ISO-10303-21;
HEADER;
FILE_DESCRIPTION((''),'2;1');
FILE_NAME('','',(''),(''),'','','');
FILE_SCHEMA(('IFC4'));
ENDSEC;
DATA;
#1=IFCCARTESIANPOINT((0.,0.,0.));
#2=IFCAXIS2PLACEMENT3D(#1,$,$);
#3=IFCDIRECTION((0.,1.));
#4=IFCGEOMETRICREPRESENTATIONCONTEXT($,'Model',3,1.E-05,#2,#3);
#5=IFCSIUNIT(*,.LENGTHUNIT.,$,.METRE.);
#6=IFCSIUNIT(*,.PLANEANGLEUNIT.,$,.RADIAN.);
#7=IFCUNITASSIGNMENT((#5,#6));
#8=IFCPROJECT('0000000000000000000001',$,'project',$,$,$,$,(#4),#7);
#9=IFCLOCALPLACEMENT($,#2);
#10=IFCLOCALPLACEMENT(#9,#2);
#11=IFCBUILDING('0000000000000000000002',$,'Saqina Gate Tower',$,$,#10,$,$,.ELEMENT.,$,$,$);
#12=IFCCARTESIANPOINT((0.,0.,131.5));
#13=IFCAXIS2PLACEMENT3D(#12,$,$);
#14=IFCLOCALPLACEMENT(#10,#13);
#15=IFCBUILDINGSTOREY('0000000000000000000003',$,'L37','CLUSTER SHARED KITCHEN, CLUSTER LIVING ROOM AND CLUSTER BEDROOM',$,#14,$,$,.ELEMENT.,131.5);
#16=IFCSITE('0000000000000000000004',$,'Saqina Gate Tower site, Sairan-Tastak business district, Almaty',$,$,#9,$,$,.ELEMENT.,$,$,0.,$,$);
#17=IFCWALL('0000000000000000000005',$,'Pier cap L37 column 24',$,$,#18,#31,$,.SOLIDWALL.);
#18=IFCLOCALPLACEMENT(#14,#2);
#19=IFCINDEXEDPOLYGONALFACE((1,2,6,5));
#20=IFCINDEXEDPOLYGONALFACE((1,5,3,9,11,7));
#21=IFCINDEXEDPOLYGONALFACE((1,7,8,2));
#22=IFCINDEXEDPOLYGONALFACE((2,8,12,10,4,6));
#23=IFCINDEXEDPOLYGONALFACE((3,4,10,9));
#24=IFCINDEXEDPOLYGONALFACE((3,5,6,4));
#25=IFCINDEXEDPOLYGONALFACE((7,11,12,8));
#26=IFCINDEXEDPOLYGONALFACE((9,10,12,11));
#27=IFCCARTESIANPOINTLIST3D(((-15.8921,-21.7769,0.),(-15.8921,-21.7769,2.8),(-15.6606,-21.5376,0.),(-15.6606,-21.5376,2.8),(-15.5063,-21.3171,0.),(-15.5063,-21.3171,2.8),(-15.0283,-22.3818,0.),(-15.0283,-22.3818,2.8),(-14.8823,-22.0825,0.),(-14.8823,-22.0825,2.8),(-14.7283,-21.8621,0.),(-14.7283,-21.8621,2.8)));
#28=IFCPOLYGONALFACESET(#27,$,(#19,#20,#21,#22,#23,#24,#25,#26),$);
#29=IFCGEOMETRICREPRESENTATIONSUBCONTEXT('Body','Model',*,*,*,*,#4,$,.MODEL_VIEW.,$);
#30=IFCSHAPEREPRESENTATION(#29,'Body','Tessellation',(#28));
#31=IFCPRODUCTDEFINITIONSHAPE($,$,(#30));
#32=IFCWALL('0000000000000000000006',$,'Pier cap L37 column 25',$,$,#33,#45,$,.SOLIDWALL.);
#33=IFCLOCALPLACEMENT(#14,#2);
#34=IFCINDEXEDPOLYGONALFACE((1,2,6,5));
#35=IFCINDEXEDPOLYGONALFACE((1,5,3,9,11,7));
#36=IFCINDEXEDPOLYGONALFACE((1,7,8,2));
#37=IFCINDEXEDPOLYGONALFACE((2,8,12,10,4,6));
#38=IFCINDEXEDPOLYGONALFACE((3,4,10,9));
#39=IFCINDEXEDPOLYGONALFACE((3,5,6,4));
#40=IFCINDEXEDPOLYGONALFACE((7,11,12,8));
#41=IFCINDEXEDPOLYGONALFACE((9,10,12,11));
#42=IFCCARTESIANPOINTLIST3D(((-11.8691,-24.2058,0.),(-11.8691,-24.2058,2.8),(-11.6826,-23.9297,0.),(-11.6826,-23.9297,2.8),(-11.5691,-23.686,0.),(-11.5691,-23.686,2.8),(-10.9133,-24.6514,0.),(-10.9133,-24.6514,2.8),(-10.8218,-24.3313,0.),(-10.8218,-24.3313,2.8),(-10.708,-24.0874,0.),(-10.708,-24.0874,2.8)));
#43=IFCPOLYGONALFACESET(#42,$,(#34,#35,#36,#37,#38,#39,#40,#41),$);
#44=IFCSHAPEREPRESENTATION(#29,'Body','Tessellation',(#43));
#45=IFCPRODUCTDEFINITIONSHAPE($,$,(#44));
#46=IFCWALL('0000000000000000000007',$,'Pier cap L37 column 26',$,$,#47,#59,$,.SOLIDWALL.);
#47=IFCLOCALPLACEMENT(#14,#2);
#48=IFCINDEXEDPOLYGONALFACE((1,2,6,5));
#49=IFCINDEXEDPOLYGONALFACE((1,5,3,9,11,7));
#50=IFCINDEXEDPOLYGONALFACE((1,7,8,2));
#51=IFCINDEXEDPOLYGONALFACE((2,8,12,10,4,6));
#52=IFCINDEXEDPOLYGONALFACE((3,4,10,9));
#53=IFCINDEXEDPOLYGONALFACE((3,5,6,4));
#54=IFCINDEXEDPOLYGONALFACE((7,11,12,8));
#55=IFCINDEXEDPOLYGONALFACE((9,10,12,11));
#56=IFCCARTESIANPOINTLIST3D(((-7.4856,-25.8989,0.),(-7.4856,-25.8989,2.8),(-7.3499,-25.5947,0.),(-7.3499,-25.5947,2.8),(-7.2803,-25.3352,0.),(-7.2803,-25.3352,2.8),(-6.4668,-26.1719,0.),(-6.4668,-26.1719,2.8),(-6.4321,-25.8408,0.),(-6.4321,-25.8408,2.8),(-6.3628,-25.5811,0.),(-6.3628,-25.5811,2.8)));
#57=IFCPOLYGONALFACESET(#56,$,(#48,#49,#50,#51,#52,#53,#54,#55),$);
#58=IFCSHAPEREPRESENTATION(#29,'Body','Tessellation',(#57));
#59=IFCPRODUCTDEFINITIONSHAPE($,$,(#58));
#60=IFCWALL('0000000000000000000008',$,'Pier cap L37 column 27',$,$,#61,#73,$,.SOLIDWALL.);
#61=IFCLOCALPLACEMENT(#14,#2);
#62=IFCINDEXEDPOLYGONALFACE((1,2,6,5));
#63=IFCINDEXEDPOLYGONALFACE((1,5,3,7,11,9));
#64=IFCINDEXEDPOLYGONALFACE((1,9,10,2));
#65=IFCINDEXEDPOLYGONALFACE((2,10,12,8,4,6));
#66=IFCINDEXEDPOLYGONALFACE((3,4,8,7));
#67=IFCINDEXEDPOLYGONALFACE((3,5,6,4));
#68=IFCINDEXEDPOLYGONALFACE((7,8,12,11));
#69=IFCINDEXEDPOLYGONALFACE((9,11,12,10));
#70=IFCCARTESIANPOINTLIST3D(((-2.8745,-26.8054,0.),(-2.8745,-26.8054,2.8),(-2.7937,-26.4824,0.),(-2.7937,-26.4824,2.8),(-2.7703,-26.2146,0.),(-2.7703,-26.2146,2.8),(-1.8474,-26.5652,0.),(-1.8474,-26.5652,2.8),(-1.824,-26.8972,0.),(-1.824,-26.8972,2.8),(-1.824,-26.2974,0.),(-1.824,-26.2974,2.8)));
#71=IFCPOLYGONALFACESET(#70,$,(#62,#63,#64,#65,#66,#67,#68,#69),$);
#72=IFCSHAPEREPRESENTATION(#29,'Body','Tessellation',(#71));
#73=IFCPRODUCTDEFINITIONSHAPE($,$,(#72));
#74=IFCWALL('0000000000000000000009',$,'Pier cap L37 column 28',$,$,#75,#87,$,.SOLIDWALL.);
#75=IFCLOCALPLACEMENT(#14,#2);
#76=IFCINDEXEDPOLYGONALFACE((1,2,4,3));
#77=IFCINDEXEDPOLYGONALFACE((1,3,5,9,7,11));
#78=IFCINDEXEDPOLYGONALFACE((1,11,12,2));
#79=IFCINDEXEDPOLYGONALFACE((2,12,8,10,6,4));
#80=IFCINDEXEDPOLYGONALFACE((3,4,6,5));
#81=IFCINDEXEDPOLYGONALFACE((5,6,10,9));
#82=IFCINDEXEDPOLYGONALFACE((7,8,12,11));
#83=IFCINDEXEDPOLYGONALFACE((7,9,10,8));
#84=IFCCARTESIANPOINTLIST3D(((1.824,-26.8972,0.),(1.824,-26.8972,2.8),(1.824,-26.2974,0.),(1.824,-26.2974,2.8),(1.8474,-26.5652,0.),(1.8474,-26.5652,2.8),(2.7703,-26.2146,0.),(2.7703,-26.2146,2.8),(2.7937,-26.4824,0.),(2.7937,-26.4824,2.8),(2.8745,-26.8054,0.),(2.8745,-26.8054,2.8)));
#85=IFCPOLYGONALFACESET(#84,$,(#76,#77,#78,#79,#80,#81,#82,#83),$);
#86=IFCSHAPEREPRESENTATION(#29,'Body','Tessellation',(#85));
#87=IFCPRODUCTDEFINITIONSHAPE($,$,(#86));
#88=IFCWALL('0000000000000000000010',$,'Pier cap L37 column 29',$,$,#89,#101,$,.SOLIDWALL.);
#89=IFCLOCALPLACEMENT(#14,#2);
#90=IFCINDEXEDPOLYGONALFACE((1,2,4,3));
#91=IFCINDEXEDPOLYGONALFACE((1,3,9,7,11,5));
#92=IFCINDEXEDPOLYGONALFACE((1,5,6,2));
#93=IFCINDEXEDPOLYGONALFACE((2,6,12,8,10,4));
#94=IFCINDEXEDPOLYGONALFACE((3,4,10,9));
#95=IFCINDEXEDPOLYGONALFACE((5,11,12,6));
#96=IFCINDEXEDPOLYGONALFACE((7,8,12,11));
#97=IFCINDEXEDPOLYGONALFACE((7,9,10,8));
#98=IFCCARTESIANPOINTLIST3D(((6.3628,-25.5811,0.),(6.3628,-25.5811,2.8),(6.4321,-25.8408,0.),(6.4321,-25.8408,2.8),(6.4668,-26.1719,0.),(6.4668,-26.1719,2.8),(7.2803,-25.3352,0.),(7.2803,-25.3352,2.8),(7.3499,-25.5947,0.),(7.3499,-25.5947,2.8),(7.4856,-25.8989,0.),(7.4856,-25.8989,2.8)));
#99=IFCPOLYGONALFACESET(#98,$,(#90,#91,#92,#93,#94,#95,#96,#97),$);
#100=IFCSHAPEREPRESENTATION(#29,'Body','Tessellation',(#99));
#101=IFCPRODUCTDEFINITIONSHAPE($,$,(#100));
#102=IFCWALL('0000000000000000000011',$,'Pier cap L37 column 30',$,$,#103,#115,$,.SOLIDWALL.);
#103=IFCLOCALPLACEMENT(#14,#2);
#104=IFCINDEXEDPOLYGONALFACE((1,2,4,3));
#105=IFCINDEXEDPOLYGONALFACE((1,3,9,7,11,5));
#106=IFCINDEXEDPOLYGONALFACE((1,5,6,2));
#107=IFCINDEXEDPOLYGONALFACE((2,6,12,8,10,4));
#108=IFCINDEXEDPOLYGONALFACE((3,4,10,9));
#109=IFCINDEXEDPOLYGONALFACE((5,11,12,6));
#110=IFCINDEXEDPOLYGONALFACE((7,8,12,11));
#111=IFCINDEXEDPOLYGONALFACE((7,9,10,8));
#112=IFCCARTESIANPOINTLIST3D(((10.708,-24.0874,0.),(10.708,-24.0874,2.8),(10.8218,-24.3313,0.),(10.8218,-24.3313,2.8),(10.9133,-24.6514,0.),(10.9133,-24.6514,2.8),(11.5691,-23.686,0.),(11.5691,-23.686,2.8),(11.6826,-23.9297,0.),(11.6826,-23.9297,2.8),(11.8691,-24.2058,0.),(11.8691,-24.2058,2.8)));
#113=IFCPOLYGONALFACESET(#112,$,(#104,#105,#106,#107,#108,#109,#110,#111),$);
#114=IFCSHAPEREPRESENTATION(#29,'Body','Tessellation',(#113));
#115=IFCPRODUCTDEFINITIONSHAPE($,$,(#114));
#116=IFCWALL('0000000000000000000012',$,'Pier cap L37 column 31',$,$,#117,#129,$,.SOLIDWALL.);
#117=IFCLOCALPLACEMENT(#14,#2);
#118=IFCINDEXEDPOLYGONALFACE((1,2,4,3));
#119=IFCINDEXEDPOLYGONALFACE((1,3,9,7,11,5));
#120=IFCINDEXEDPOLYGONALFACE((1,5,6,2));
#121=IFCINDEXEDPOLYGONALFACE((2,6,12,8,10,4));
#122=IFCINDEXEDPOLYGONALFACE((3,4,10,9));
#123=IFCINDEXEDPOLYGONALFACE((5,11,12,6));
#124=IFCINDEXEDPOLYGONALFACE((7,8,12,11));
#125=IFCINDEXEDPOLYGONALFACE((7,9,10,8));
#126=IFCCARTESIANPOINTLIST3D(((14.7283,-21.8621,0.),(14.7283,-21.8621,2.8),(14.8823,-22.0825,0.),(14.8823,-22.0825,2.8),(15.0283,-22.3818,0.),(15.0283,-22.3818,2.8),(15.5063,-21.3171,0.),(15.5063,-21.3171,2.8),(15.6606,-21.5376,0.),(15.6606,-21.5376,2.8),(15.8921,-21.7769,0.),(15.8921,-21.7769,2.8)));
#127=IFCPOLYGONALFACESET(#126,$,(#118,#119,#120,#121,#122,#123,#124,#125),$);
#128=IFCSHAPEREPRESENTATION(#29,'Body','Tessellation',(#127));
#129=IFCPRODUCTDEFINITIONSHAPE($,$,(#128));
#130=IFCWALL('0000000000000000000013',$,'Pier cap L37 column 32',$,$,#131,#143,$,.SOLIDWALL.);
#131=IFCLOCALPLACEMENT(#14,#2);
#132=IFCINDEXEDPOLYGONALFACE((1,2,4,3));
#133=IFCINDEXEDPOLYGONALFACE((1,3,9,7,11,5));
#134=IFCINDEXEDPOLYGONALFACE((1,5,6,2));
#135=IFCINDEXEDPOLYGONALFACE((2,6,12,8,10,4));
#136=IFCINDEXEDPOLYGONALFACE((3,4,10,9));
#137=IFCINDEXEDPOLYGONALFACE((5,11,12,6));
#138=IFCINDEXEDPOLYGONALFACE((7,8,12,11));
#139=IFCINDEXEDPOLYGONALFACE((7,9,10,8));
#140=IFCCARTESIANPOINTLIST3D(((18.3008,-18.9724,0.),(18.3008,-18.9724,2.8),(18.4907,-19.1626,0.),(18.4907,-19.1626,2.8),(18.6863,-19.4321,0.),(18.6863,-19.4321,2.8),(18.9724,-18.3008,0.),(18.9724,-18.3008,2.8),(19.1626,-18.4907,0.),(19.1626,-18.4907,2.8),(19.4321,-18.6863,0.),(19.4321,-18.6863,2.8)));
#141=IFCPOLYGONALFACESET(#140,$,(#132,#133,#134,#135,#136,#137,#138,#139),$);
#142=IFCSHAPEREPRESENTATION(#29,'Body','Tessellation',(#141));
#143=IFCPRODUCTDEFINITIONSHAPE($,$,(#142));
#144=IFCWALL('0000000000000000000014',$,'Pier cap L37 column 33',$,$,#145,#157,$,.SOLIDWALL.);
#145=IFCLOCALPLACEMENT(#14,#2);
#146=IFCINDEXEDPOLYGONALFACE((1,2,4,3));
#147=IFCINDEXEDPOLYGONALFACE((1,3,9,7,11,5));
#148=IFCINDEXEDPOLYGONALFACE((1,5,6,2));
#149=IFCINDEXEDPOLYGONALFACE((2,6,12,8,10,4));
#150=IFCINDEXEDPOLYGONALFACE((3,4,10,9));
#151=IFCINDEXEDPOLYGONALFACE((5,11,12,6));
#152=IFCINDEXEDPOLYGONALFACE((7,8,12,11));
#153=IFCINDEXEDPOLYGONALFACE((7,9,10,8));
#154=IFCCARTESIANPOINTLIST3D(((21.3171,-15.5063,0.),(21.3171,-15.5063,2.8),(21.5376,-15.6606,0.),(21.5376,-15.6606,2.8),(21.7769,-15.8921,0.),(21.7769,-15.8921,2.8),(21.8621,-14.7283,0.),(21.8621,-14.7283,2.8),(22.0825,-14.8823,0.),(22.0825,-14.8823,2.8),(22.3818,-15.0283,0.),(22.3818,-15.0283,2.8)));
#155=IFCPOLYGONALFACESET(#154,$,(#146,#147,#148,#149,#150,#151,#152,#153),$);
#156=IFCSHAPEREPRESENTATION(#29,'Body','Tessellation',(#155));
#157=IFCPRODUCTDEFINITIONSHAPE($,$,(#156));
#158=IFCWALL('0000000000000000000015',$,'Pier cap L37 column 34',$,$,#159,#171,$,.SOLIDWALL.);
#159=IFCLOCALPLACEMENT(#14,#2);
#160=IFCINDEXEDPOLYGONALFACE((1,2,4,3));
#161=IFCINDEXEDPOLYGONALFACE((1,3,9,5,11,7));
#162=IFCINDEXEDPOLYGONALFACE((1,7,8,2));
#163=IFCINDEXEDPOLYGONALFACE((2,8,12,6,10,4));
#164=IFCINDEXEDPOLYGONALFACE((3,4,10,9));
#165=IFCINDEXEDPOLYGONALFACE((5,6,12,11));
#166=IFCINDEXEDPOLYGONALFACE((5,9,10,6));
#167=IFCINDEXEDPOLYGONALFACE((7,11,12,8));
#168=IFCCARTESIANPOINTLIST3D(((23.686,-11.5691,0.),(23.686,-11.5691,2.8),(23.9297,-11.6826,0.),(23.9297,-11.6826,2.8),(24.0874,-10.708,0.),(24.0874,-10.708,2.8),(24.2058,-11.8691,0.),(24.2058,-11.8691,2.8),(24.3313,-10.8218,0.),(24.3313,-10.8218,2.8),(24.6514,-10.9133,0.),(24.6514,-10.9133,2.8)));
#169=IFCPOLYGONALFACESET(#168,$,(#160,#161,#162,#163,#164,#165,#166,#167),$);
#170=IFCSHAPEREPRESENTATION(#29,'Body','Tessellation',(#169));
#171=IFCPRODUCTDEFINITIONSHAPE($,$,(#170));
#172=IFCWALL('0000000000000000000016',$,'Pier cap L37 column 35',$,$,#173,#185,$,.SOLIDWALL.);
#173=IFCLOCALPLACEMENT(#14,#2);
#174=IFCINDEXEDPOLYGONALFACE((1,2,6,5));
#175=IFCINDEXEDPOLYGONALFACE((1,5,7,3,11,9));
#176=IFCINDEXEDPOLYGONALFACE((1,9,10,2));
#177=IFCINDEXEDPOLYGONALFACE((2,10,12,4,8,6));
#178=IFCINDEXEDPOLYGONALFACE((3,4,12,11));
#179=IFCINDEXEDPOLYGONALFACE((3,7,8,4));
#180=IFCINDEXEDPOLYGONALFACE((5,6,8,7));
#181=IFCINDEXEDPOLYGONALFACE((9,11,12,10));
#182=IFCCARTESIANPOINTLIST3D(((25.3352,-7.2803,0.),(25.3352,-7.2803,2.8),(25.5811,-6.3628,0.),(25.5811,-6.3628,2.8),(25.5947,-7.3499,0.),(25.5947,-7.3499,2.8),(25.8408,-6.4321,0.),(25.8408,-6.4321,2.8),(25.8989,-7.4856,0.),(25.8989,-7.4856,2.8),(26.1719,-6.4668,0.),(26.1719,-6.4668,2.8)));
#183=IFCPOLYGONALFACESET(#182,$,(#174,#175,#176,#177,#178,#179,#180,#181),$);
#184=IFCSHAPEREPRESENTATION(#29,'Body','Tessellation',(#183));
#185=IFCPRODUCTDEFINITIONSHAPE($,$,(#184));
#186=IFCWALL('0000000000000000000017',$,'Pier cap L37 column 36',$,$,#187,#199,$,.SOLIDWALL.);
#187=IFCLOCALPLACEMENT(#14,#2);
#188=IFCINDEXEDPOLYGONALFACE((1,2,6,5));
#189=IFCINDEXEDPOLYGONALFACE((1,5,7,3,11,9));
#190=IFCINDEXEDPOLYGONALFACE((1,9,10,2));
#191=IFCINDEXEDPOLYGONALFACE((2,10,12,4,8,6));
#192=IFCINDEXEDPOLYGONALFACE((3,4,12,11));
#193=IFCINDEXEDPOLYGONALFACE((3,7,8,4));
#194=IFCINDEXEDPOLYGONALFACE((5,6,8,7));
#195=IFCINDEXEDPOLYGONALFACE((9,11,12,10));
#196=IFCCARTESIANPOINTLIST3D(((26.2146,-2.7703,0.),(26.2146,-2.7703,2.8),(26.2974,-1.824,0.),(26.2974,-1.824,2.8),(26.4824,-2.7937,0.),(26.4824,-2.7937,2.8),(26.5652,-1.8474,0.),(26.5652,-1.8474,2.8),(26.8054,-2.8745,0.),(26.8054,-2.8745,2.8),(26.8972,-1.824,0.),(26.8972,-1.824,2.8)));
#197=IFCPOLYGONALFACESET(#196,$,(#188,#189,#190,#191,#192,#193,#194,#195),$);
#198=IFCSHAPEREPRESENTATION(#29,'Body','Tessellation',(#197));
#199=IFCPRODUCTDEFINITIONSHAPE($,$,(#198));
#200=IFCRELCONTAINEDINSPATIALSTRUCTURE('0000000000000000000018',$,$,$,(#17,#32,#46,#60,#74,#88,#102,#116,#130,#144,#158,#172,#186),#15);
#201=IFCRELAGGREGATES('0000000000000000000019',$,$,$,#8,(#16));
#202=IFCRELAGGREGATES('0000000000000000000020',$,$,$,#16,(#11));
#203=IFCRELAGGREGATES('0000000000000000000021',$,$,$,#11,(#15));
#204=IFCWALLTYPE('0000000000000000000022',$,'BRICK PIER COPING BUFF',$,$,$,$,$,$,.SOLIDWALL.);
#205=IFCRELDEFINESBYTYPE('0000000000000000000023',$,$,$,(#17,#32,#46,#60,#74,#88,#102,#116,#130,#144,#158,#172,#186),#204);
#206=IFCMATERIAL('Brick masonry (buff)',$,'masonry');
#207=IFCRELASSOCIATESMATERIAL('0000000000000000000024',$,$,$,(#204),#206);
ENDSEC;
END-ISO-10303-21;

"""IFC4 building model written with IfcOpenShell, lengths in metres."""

from ifc_helpers import new_model, si_unit, direction, frame, origin, place, context, subcontext, project, spatial, polyline, outline, extrude, material, type_object, element, save


model = new_model("IFC4")

# Units and contexts
model_context = context("Model", 3, precision=1e-05, world=origin(), true_north=direction((0.0, 1.0)))
body_context = subcontext(model_context, "Body", "Model", "MODEL_VIEW")
ifc_project = project(units=[si_unit("LENGTHUNIT", "METRE"), si_unit("PLANEANGLEUNIT", "RADIAN")], contexts=[model_context])

# Site, building, storey
site_placement = place(None, origin())
site = spatial("IfcSite", under=ifc_project, at=site_placement, Name="Saqina Gate Tower site, Sairan-Tastak business district, Almaty", CompositionType="ELEMENT", RefElevation=0.0)
building_placement = place(site_placement, origin())
building = spatial("IfcBuilding", under=site, at=building_placement, Name="Saqina Gate Tower", CompositionType="ELEMENT")
storey_placement = place(building_placement, frame((0.0, 0.0, 131.5)))
storey = spatial("IfcBuildingStorey", under=building, at=storey_placement, Name="L37", Description="CLUSTER SHARED KITCHEN, CLUSTER LIVING ROOM AND CLUSTER BEDROOM", CompositionType="ELEMENT", Elevation=131.5)

# Walls
ifc_material_1 = material(Name="Brick masonry (buff)", Category="masonry")
wall_type_1 = type_object("IfcWallType", Name="BRICK PIER COPING BUFF", PredefinedType="SOLIDWALL", material=ifc_material_1)
wall_1_placement = place(storey_placement, origin())
element("IfcWall", 1, at=wall_1_placement, inside=storey, type_object=wall_type_1, Name="Pier cap L37 column 24", PredefinedType="SOLIDWALL", context=body_context, shape_type="SweptSolid", body=[
    extrude(outline(polyline([(-15.0283, -22.3818), (-14.7283, -21.8621), (-14.8823, -22.0825), (-15.6606, -21.5376), (-15.5063, -21.3171), (-15.8921, -21.7769), (-15.0283, -22.3818)])), origin(), (0.0, 0.0, 1.0), 2.8),
])
wall_2_placement = place(storey_placement, origin())
element("IfcWall", 2, at=wall_2_placement, inside=storey, type_object=wall_type_1, Name="Pier cap L37 column 25", PredefinedType="SOLIDWALL", context=body_context, shape_type="SweptSolid", body=[
    extrude(outline(polyline([(-10.9133, -24.6514), (-10.708, -24.0874), (-10.8218, -24.3313), (-11.6826, -23.9297), (-11.5691, -23.686), (-11.8691, -24.2058), (-10.9133, -24.6514)])), origin(), (0.0, 0.0, 1.0), 2.8),
])
wall_3_placement = place(storey_placement, origin())
element("IfcWall", 3, at=wall_3_placement, inside=storey, type_object=wall_type_1, Name="Pier cap L37 column 26", PredefinedType="SOLIDWALL", context=body_context, shape_type="SweptSolid", body=[
    extrude(outline(polyline([(-7.4856, -25.8989), (-6.4668, -26.1719), (-6.3628, -25.5811), (-6.4321, -25.8408), (-7.3499, -25.5947), (-7.2803, -25.3352), (-7.4856, -25.8989)])), origin(), (0.0, 0.0, 1.0), 2.8),
])
wall_4_placement = place(storey_placement, origin())
element("IfcWall", 4, at=wall_4_placement, inside=storey, type_object=wall_type_1, Name="Pier cap L37 column 27", PredefinedType="SOLIDWALL", context=body_context, shape_type="SweptSolid", body=[
    extrude(outline(polyline([(-2.8745, -26.8054), (-1.824, -26.8972), (-1.824, -26.2974), (-1.8474, -26.5652), (-2.7937, -26.4824), (-2.7703, -26.2146), (-2.8745, -26.8054)])), origin(), (0.0, 0.0, 1.0), 2.8),
])
wall_5_placement = place(storey_placement, origin())
element("IfcWall", 5, at=wall_5_placement, inside=storey, type_object=wall_type_1, Name="Pier cap L37 column 28", PredefinedType="SOLIDWALL", context=body_context, shape_type="SweptSolid", body=[
    extrude(outline(polyline([(2.8745, -26.8054), (2.7703, -26.2146), (2.7937, -26.4824), (1.8474, -26.5652), (1.824, -26.2974), (1.824, -26.8972), (2.8745, -26.8054)])), origin(), (0.0, 0.0, 1.0), 2.8),
])
wall_6_placement = place(storey_placement, origin())
element("IfcWall", 6, at=wall_6_placement, inside=storey, type_object=wall_type_1, Name="Pier cap L37 column 29", PredefinedType="SOLIDWALL", context=body_context, shape_type="SweptSolid", body=[
    extrude(outline(polyline([(6.4668, -26.1719), (7.4856, -25.8989), (7.2803, -25.3352), (7.3499, -25.5947), (6.4321, -25.8408), (6.3628, -25.5811), (6.4668, -26.1719)])), origin(), (0.0, 0.0, 1.0), 2.8),
])
wall_7_placement = place(storey_placement, origin())
element("IfcWall", 7, at=wall_7_placement, inside=storey, type_object=wall_type_1, Name="Pier cap L37 column 30", PredefinedType="SOLIDWALL", context=body_context, shape_type="SweptSolid", body=[
    extrude(outline(polyline([(10.9133, -24.6514), (11.8691, -24.2058), (11.5691, -23.686), (11.6826, -23.9297), (10.8218, -24.3313), (10.708, -24.0874), (10.9133, -24.6514)])), origin(), (0.0, 0.0, 1.0), 2.8),
])
wall_8_placement = place(storey_placement, origin())
element("IfcWall", 8, at=wall_8_placement, inside=storey, type_object=wall_type_1, Name="Pier cap L37 column 31", PredefinedType="SOLIDWALL", context=body_context, shape_type="SweptSolid", body=[
    extrude(outline(polyline([(15.8921, -21.7769), (15.5063, -21.3171), (15.6606, -21.5376), (14.8823, -22.0825), (14.7283, -21.8621), (15.0283, -22.3818), (15.8921, -21.7769)])), origin(), (0.0, 0.0, 1.0), 2.8),
])
wall_9_placement = place(storey_placement, origin())
element("IfcWall", 9, at=wall_9_placement, inside=storey, type_object=wall_type_1, Name="Pier cap L37 column 32", PredefinedType="SOLIDWALL", context=body_context, shape_type="SweptSolid", body=[
    extrude(outline(polyline([(18.6863, -19.4321), (19.4321, -18.6863), (18.9724, -18.3008), (19.1626, -18.4907), (18.4907, -19.1626), (18.3008, -18.9724), (18.6863, -19.4321)])), origin(), (0.0, 0.0, 1.0), 2.8),
])
wall_10_placement = place(storey_placement, origin())
element("IfcWall", 10, at=wall_10_placement, inside=storey, type_object=wall_type_1, Name="Pier cap L37 column 33", PredefinedType="SOLIDWALL", context=body_context, shape_type="SweptSolid", body=[
    extrude(outline(polyline([(22.3818, -15.0283), (21.8621, -14.7283), (22.0825, -14.8823), (21.5376, -15.6606), (21.3171, -15.5063), (21.7769, -15.8921), (22.3818, -15.0283)])), origin(), (0.0, 0.0, 1.0), 2.8),
])
wall_11_placement = place(storey_placement, origin())
element("IfcWall", 11, at=wall_11_placement, inside=storey, type_object=wall_type_1, Name="Pier cap L37 column 34", PredefinedType="SOLIDWALL", context=body_context, shape_type="SweptSolid", body=[
    extrude(outline(polyline([(24.6514, -10.9133), (24.0874, -10.708), (24.3313, -10.8218), (23.9297, -11.6826), (23.686, -11.5691), (24.2058, -11.8691), (24.6514, -10.9133)])), origin(), (0.0, 0.0, 1.0), 2.8),
])
wall_12_placement = place(storey_placement, origin())
element("IfcWall", 12, at=wall_12_placement, inside=storey, type_object=wall_type_1, Name="Pier cap L37 column 35", PredefinedType="SOLIDWALL", context=body_context, shape_type="SweptSolid", body=[
    extrude(outline(polyline([(25.8989, -7.4856), (26.1719, -6.4668), (25.5811, -6.3628), (25.8408, -6.4321), (25.5947, -7.3499), (25.3352, -7.2803), (25.8989, -7.4856)])), origin(), (0.0, 0.0, 1.0), 2.8),
])
wall_13_placement = place(storey_placement, origin())
element("IfcWall", 13, at=wall_13_placement, inside=storey, type_object=wall_type_1, Name="Pier cap L37 column 36", PredefinedType="SOLIDWALL", context=body_context, shape_type="SweptSolid", body=[
    extrude(outline(polyline([(26.8054, -2.8745), (26.8972, -1.824), (26.2974, -1.824), (26.5652, -1.8474), (26.4824, -2.7937), (26.2146, -2.7703), (26.8054, -2.8745)])), origin(), (0.0, 0.0, 1.0), 2.8),
])

save(model, "model.ifc")
